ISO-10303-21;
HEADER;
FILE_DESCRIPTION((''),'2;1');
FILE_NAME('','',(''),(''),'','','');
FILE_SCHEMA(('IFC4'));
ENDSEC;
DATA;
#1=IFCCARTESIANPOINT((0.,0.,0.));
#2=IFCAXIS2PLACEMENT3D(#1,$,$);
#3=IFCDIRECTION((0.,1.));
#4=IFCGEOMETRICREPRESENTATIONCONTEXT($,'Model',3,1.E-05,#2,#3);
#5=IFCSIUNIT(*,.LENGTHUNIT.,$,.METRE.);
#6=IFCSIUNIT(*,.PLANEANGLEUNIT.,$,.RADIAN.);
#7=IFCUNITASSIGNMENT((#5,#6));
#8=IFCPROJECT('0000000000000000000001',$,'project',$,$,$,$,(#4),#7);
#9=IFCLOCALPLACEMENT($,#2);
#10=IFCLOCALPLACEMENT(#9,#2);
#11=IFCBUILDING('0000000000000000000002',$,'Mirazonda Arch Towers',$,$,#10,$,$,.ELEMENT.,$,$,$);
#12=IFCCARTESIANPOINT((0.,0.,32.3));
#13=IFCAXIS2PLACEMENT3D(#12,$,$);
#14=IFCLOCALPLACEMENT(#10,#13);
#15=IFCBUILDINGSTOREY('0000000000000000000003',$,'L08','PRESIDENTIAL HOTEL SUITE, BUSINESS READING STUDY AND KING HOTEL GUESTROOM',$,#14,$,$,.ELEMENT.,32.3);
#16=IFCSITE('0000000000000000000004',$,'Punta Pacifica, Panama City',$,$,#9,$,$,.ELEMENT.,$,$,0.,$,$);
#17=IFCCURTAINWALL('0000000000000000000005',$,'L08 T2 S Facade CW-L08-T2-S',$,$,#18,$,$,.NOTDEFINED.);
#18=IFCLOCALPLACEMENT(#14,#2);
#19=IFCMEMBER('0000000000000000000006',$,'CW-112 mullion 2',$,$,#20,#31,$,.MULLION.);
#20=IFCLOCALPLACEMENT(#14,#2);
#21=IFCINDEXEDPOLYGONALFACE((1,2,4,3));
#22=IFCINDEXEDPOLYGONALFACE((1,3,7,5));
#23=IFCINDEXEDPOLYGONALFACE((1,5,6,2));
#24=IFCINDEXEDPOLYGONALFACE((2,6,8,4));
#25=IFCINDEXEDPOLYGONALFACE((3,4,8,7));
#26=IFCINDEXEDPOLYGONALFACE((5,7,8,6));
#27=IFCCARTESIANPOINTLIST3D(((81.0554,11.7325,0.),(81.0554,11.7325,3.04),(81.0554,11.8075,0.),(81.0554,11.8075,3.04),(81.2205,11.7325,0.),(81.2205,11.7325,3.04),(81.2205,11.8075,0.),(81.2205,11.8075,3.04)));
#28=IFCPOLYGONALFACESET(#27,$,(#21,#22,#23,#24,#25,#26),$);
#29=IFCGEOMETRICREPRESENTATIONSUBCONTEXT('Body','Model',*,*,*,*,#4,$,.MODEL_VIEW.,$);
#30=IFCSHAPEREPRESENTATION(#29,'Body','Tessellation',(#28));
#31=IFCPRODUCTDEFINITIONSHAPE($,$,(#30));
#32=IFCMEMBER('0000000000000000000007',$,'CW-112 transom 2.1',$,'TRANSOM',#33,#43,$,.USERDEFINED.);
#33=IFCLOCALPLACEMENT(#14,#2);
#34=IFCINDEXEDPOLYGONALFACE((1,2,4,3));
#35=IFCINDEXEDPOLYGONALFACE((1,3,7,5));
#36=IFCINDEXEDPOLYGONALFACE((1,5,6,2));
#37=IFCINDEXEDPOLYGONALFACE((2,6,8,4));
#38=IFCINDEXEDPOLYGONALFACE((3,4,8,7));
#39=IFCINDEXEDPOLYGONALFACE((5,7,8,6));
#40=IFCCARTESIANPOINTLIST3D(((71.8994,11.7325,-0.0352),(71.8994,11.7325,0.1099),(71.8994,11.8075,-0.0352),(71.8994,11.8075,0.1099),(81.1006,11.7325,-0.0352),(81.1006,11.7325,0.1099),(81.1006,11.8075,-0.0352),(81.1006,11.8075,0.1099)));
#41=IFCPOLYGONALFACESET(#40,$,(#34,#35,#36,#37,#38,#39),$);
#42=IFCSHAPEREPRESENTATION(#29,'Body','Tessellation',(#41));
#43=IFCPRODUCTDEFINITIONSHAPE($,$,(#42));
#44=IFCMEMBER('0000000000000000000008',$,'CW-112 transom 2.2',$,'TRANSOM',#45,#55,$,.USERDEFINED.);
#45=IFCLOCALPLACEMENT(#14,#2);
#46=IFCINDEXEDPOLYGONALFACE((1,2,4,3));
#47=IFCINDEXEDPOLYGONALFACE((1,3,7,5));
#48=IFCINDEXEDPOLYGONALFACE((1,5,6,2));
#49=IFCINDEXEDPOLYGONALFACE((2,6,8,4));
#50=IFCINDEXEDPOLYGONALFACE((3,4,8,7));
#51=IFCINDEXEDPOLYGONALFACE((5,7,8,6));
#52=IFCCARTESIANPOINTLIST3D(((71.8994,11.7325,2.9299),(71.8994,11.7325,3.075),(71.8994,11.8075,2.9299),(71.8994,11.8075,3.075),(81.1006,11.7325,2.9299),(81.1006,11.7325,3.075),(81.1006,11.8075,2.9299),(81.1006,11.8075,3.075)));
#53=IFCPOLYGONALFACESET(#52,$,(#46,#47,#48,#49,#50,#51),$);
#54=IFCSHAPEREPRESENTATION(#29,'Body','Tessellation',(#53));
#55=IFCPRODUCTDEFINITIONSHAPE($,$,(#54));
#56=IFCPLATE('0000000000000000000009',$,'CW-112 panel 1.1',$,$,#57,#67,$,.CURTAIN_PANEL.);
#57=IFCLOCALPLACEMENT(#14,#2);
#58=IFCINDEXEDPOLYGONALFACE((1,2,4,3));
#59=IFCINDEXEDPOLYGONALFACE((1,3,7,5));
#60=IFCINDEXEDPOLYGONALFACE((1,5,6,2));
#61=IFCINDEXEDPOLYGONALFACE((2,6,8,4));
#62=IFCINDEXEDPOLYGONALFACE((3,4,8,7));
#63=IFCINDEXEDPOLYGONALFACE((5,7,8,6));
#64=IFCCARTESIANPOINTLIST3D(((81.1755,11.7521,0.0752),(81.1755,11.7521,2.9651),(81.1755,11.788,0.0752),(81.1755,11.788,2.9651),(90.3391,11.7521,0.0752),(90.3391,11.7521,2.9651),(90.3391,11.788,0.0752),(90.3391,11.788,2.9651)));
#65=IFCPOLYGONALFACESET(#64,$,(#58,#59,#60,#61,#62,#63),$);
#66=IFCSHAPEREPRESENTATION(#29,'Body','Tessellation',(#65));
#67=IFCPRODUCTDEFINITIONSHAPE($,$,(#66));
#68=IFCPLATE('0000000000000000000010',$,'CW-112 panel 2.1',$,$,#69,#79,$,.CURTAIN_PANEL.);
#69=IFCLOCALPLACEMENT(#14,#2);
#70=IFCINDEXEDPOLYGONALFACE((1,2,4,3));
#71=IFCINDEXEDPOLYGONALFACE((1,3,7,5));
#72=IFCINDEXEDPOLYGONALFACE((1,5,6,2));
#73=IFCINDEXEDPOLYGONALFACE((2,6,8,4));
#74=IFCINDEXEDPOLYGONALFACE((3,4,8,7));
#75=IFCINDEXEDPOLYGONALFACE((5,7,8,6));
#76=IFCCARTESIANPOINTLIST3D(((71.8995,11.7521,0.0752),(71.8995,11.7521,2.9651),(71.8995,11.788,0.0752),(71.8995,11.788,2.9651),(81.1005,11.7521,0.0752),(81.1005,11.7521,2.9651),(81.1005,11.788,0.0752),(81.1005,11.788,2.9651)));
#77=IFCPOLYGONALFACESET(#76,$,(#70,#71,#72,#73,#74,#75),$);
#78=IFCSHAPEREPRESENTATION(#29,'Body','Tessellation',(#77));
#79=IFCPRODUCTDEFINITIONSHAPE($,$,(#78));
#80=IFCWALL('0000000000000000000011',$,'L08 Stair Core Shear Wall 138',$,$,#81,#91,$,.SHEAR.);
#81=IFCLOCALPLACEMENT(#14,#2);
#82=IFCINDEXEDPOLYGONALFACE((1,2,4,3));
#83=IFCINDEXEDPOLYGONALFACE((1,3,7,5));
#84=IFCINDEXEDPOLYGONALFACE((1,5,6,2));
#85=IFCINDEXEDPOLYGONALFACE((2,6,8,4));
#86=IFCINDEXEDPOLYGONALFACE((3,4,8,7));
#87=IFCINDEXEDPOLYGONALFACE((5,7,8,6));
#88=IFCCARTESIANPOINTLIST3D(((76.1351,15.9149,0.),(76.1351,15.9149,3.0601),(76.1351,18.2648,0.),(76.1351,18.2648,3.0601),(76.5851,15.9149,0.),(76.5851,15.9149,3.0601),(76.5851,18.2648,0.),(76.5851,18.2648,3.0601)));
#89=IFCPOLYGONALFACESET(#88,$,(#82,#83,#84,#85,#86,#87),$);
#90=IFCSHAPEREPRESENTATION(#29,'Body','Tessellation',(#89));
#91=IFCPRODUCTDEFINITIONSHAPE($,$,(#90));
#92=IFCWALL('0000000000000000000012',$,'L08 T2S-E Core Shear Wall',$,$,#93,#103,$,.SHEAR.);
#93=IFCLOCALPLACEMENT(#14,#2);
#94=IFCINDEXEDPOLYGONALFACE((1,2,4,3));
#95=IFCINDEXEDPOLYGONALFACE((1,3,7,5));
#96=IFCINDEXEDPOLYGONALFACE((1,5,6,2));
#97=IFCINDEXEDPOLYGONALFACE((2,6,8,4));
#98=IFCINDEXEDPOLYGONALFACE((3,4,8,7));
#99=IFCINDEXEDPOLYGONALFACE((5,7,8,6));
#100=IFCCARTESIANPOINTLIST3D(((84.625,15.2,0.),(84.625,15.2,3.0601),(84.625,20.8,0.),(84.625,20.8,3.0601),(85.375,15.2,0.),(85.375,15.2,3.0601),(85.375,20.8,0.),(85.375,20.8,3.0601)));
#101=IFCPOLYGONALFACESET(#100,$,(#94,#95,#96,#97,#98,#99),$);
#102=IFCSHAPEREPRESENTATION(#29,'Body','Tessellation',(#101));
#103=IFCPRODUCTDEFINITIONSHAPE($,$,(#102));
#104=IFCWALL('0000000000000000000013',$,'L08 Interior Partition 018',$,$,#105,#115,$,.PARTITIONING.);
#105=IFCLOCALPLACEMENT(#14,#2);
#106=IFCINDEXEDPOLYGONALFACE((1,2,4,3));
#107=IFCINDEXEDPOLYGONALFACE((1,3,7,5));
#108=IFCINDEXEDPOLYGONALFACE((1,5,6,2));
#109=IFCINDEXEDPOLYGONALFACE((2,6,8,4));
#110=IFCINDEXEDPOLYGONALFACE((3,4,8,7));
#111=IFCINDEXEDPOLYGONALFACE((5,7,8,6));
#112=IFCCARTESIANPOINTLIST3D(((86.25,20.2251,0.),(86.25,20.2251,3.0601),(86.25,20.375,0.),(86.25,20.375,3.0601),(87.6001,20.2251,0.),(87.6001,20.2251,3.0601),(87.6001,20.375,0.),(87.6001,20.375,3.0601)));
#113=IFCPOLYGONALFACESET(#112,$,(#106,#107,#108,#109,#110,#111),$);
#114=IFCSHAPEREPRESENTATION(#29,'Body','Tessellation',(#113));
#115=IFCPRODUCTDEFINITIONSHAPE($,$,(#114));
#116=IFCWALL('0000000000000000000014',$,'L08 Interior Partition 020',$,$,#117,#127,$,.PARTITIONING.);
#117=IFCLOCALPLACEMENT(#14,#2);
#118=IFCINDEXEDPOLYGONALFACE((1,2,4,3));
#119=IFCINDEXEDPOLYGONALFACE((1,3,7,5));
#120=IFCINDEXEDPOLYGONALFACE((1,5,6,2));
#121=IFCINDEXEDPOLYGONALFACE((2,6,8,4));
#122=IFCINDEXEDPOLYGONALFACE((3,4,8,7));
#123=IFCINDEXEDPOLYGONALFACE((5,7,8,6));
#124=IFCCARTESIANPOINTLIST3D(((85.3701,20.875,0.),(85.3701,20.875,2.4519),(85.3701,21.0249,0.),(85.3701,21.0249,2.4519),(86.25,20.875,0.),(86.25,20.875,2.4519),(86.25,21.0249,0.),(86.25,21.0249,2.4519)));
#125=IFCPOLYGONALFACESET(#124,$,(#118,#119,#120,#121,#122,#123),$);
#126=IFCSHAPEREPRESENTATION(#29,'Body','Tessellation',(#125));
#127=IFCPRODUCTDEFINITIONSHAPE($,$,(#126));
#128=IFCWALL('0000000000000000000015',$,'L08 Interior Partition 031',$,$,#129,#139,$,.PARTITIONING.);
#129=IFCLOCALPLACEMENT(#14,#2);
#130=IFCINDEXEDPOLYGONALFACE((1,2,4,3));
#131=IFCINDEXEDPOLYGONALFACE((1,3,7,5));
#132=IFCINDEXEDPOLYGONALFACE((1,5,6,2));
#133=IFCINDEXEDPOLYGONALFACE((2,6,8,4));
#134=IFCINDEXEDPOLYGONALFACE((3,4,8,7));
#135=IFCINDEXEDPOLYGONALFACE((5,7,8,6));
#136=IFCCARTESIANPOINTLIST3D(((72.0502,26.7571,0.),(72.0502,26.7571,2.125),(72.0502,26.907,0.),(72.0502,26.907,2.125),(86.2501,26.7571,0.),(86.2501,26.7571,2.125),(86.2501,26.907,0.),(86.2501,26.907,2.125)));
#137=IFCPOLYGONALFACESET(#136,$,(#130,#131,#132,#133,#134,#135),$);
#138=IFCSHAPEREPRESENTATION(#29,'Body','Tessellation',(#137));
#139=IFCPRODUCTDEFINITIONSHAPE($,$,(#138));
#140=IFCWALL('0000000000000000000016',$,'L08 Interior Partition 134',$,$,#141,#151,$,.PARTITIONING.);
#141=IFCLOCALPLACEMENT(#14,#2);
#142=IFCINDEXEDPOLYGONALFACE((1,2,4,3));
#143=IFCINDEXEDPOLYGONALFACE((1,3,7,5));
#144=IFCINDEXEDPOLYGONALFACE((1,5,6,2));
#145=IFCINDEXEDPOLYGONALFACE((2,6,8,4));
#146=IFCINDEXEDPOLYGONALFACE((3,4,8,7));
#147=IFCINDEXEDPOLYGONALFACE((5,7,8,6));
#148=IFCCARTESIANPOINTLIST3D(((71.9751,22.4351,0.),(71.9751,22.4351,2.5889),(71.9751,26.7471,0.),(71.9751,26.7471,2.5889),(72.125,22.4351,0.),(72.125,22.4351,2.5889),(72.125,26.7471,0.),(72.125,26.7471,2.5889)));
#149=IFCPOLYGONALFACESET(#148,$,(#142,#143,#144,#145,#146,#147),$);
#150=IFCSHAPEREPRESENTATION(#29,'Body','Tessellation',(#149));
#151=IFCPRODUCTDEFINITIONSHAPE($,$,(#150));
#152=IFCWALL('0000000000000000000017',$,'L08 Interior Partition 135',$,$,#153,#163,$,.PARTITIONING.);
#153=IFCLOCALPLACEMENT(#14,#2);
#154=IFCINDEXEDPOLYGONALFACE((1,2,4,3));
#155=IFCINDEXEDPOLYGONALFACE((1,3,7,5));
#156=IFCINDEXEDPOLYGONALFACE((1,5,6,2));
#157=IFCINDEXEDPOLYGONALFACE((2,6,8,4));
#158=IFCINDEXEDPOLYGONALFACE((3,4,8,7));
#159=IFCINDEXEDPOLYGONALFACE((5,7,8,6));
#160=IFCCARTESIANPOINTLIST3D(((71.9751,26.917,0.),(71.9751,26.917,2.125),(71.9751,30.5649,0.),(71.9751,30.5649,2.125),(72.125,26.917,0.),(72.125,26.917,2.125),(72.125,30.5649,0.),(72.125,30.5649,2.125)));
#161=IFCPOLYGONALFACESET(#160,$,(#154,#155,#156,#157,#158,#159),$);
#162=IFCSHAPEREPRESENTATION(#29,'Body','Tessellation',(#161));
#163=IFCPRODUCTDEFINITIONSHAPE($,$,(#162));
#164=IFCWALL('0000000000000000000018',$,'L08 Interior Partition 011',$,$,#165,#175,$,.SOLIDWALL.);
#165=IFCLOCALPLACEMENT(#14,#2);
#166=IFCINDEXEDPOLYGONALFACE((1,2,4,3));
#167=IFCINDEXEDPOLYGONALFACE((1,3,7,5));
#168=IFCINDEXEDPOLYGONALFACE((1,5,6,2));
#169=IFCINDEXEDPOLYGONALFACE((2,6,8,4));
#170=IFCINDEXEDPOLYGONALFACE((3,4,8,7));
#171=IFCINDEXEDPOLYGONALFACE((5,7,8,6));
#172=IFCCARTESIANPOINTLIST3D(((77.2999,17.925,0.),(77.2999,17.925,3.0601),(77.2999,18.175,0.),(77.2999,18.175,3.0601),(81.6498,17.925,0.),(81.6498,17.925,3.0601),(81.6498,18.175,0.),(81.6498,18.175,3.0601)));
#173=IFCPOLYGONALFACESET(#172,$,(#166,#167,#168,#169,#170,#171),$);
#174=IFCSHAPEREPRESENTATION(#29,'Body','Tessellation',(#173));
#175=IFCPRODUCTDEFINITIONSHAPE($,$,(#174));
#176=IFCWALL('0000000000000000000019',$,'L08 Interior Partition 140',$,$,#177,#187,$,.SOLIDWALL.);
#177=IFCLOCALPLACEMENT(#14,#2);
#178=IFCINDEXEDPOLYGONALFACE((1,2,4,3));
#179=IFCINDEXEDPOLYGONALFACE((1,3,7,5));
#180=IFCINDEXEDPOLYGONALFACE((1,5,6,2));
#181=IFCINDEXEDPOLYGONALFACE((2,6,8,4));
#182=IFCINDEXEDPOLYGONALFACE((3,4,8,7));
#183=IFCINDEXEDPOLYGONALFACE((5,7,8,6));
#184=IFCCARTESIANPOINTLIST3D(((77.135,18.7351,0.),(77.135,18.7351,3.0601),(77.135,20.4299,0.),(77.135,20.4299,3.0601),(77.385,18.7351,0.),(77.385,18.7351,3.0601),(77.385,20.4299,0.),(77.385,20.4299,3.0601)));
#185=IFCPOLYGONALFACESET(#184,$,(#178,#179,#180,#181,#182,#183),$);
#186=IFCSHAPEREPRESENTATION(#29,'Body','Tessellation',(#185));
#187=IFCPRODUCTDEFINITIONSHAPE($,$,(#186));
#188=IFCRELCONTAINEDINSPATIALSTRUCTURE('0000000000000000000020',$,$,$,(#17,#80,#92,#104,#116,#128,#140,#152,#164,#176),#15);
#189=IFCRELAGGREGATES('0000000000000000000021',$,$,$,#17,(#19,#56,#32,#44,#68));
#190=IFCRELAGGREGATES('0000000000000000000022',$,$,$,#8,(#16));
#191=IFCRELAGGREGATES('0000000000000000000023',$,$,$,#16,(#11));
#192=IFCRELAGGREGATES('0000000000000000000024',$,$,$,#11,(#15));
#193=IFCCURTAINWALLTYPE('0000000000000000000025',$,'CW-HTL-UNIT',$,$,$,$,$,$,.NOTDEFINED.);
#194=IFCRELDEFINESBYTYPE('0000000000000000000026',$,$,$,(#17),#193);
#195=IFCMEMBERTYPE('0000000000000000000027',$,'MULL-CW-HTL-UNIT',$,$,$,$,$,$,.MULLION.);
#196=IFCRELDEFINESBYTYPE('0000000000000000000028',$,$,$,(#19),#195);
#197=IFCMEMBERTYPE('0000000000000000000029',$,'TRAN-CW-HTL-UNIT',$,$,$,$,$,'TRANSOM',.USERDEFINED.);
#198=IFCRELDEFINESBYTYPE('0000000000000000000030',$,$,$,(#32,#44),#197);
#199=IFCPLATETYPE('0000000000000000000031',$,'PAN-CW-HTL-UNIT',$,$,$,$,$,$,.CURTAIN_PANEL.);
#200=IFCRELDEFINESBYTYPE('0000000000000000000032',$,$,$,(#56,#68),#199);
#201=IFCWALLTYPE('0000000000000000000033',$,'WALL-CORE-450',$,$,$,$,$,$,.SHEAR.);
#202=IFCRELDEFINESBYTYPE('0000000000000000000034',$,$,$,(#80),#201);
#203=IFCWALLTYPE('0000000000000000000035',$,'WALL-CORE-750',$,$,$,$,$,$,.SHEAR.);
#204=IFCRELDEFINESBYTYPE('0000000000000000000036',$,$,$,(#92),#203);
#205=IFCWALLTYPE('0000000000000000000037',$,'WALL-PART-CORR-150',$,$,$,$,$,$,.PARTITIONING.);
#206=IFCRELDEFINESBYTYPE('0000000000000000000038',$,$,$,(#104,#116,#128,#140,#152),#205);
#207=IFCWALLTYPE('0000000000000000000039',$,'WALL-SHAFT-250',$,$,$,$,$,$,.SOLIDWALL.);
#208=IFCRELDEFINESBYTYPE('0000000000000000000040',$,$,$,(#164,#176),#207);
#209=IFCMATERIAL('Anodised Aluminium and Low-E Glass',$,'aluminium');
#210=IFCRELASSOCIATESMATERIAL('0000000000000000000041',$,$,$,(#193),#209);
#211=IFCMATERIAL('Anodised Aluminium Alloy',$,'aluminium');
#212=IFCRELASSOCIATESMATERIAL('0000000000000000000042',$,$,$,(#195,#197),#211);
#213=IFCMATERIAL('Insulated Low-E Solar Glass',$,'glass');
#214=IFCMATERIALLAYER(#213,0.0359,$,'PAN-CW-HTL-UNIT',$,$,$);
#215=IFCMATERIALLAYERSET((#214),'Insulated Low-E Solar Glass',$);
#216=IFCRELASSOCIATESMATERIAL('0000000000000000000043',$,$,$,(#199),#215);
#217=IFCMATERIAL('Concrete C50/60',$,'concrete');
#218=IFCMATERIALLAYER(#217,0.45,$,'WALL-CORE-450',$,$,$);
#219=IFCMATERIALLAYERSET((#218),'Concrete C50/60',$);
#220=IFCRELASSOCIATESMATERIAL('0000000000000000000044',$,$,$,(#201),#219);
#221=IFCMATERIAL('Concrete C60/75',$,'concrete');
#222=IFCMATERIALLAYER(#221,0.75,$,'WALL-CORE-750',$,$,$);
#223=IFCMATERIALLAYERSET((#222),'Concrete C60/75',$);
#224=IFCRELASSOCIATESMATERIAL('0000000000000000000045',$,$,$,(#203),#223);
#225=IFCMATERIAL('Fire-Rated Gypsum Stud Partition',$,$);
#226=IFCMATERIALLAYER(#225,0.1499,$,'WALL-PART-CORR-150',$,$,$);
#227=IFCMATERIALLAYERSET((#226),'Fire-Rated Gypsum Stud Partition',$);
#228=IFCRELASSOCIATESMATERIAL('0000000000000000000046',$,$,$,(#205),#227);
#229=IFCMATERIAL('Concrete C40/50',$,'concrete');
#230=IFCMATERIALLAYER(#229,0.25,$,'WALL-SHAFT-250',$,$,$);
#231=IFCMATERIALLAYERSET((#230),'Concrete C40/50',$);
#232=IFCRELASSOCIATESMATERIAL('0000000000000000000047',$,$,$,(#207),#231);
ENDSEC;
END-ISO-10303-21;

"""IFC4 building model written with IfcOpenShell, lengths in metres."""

from ifc_helpers import new_model, si_unit, direction, frame, frame_2d, origin, origin_2d, place, context, subcontext, project, spatial, rectangle, extrude, material, layer, layer_set, material_profile, profile_set, type_object, element, aggregate, save


model = new_model("IFC4")

# Units and contexts
model_context = context("Model", 3, precision=1e-05, world=origin(), true_north=direction((0.0, 1.0)))
body_context = subcontext(model_context, "Body", "Model", "MODEL_VIEW")
ifc_project = project(units=[si_unit("LENGTHUNIT", "METRE"), si_unit("PLANEANGLEUNIT", "RADIAN")], contexts=[model_context])

# Site, building, storey
site_placement = place(None, origin())
site = spatial("IfcSite", under=ifc_project, at=site_placement, Name="Punta Pacifica, Panama City", CompositionType="ELEMENT", RefElevation=0.0)
building_placement = place(site_placement, origin())
building = spatial("IfcBuilding", under=site, at=building_placement, Name="Mirazonda Arch Towers", CompositionType="ELEMENT")
storey_placement = place(building_placement, frame((0.0, 0.0, 32.3)))
storey = spatial("IfcBuildingStorey", under=building, at=storey_placement, Name="L08", Description="PRESIDENTIAL HOTEL SUITE, BUSINESS READING STUDY AND KING HOTEL GUESTROOM", CompositionType="ELEMENT", Elevation=32.3)

# Shared definitions
ifc_material_1 = material(Name="Concrete C60/75", Category="concrete")

# Curtain wall, members, plates
ifc_material_2 = material(Name="Anodised Aluminium and Low-E Glass", Category="aluminium")
curtain_wall_type = type_object("IfcCurtainWallType", Name="CW-HTL-UNIT", PredefinedType="NOTDEFINED", material=ifc_material_2)
curtain_wall_placement = place(storey_placement, origin())
curtain_wall = element("IfcCurtainWall", 1, at=curtain_wall_placement, inside=storey, type_object=curtain_wall_type, Name="L08 T2 S Facade CW-L08-T2-S", PredefinedType="NOTDEFINED")
ifc_material_3 = material(Name="Anodised Aluminium Alloy", Category="aluminium")
ifc_material_profile_1 = material_profile(ifc_material_3, rectangle(XDim=0.075, YDim=0.165, at=origin_2d()), Name="ALU-MULL-75x165")
ifc_profile_set_1 = profile_set([ifc_material_profile_1], Name="Anodised Aluminium Alloy")
member_type_1 = type_object("IfcMemberType", Name="MULL-CW-HTL-UNIT", PredefinedType="MULLION", material=ifc_profile_set_1)
member_1_placement = place(storey_placement, frame((81.1379, 11.77, 0.0), z_axis=(0.0, 0.0, 1.0), x_axis=(0.0, -1.0, 0.0)))
member_1 = element("IfcMember", 2, at=member_1_placement, type_object=member_type_1, Name="CW-112 mullion 2", PredefinedType="MULLION", context=body_context, shape_type="SweptSolid", body=[
    extrude(rectangle(XDim=0.075, YDim=0.165, at=origin_2d()), origin(), (0.0, 0.0, 1.0), 3.04),
])
ifc_material_profile_2 = material_profile(ifc_material_3, rectangle(XDim=0.075, YDim=0.145, at=origin_2d()), Name="ALU-TRAN-75x145")
ifc_profile_set_2 = profile_set([ifc_material_profile_2], Name="Anodised Aluminium Alloy")
member_type_2 = type_object("IfcMemberType", Name="TRAN-CW-HTL-UNIT", ElementType="TRANSOM", PredefinedType="USERDEFINED", material=ifc_profile_set_2)
member_2_placement = place(storey_placement, frame((81.1006, 11.77, 0.0374), z_axis=(-1.0, 0.0, 0.0), x_axis=(0.0, -1.0, 0.0)))
member_2 = element("IfcMember", 3, at=member_2_placement, type_object=member_type_2, Name="CW-112 transom 2.1", ObjectType="TRANSOM", PredefinedType="USERDEFINED", context=body_context, shape_type="SweptSolid", body=[
    extrude(rectangle(XDim=0.075, YDim=0.145, at=origin_2d()), origin(), (0.0, 0.0, 1.0), 9.2012),
])
member_3_placement = place(storey_placement, frame((81.1006, 11.77, 3.0024), z_axis=(-1.0, 0.0, 0.0), x_axis=(0.0, -1.0, 0.0)))
member_3 = element("IfcMember", 4, at=member_3_placement, type_object=member_type_2, Name="CW-112 transom 2.2", ObjectType="TRANSOM", PredefinedType="USERDEFINED", context=body_context, shape_type="SweptSolid", body=[
    extrude(rectangle(XDim=0.075, YDim=0.145, at=origin_2d()), origin(), (0.0, 0.0, 1.0), 9.2012),
])
ifc_material_4 = material(Name="Insulated Low-E Solar Glass", Category="glass")
ifc_layer_1 = layer(ifc_material_4, 0.0359, Name="PAN-CW-HTL-UNIT")
ifc_layer_set_1 = layer_set([ifc_layer_1], Name="Insulated Low-E Solar Glass")
plate_type = type_object("IfcPlateType", Name="PAN-CW-HTL-UNIT", PredefinedType="CURTAIN_PANEL", material=ifc_layer_set_1)
plate_1_placement = place(storey_placement, frame((85.7573, 11.77, 0.0752), z_axis=(0.0, 0.0, 1.0), x_axis=(-1.0, 0.0, 0.0)))
plate_1 = element("IfcPlate", 5, at=plate_1_placement, type_object=plate_type, Name="CW-112 panel 1.1", PredefinedType="CURTAIN_PANEL", context=body_context, shape_type="SweptSolid", body=[
    extrude(rectangle(XDim=9.1636, YDim=0.0359, at=origin_2d()), origin(), (0.0, 0.0, 1.0), 2.8899),
])
plate_2_placement = place(storey_placement, frame((76.5, 11.77, 0.0752), z_axis=(0.0, 0.0, 1.0), x_axis=(-1.0, 0.0, 0.0)))
plate_2 = element("IfcPlate", 6, at=plate_2_placement, type_object=plate_type, Name="CW-112 panel 2.1", PredefinedType="CURTAIN_PANEL", context=body_context, shape_type="SweptSolid", body=[
    extrude(rectangle(XDim=9.2009, YDim=0.0359, at=origin_2d()), origin(), (0.0, 0.0, 1.0), 2.8899),
])
aggregate(curtain_wall, [member_1, plate_1, member_2, member_3, plate_2])

# Walls
ifc_material_5 = material(Name="Concrete C50/60", Category="concrete")
ifc_layer_2 = layer(ifc_material_5, 0.45, Name="WALL-CORE-450")
ifc_layer_set_2 = layer_set([ifc_layer_2], Name="Concrete C50/60")
wall_type_1 = type_object("IfcWallType", Name="WALL-CORE-450", PredefinedType="SHEAR", material=ifc_layer_set_2)
wall_1_placement = place(storey_placement, frame((76.3601, 15.915, 0.0), z_axis=(0.0, 0.0, 1.0), x_axis=(0.0, 1.0, 0.0)))
element("IfcWall", 7, at=wall_1_placement, inside=storey, type_object=wall_type_1, Name="L08 Stair Core Shear Wall 138", PredefinedType="SHEAR", context=body_context, shape_type="SweptSolid", body=[
    extrude(rectangle(XDim=2.3499, YDim=0.45, at=frame_2d((1.1748, 0.0))), origin(), (0.0, 0.0, 1.0), 3.0601),
])
ifc_layer_3 = layer(ifc_material_1, 0.75, Name="WALL-CORE-750")
ifc_layer_set_3 = layer_set([ifc_layer_3], Name="Concrete C60/75")
wall_type_2 = type_object("IfcWallType", Name="WALL-CORE-750", PredefinedType="SHEAR", material=ifc_layer_set_3)
wall_2_placement = place(storey_placement, frame((85.0, 15.2, 0.0), z_axis=(0.0, 0.0, 1.0), x_axis=(0.0, 1.0, 0.0)))
element("IfcWall", 8, at=wall_2_placement, inside=storey, type_object=wall_type_2, Name="L08 T2S-E Core Shear Wall", PredefinedType="SHEAR", context=body_context, shape_type="SweptSolid", body=[
    extrude(rectangle(XDim=5.6001, YDim=0.75, at=frame_2d((2.8, 0.0))), origin(), (0.0, 0.0, 1.0), 3.0601),
])
ifc_material_6 = material(Name="Fire-Rated Gypsum Stud Partition")
ifc_layer_4 = layer(ifc_material_6, 0.1499, Name="WALL-PART-CORR-150")
ifc_layer_set_4 = layer_set([ifc_layer_4], Name="Fire-Rated Gypsum Stud Partition")
wall_type_3 = type_object("IfcWallType", Name="WALL-PART-CORR-150", PredefinedType="PARTITIONING", material=ifc_layer_set_4)
wall_3_placement = place(storey_placement, frame((86.25, 20.3, 0.0), z_axis=(0.0, 0.0, 1.0), x_axis=(1.0, 0.0, 0.0)))
element("IfcWall", 9, at=wall_3_placement, inside=storey, type_object=wall_type_3, Name="L08 Interior Partition 018", PredefinedType="PARTITIONING", context=body_context, shape_type="SweptSolid", body=[
    extrude(rectangle(XDim=1.3501, YDim=0.1499, at=frame_2d((0.675, 0.0))), origin(), (0.0, 0.0, 1.0), 3.0601),
])
wall_4_placement = place(storey_placement, frame((85.3701, 20.95, 0.0), z_axis=(0.0, 0.0, 1.0), x_axis=(1.0, 0.0, 0.0)))
element("IfcWall", 10, at=wall_4_placement, inside=storey, type_object=wall_type_3, Name="L08 Interior Partition 020", PredefinedType="PARTITIONING", context=body_context, shape_type="SweptSolid", body=[
    extrude(rectangle(XDim=0.8799, YDim=0.1499, at=frame_2d((0.4399, 0.0))), origin(), (0.0, 0.0, 1.0), 2.4519),
])
wall_5_placement = place(storey_placement, frame((72.05, 26.832, 0.0), z_axis=(0.0, 0.0, 1.0), x_axis=(1.0, 0.0, 0.0)))
element("IfcWall", 11, at=wall_5_placement, inside=storey, type_object=wall_type_3, Name="L08 Interior Partition 031", PredefinedType="PARTITIONING", context=body_context, shape_type="SweptSolid", body=[
    extrude(rectangle(XDim=14.2, YDim=0.1499, at=frame_2d((7.1001, 0.0))), origin(), (0.0, 0.0, 1.0), 2.125),
])
wall_6_placement = place(storey_placement, frame((72.05, 22.4351, 0.0), z_axis=(0.0, 0.0, 1.0), x_axis=(0.0, 1.0, 0.0)))
element("IfcWall", 12, at=wall_6_placement, inside=storey, type_object=wall_type_3, Name="L08 Interior Partition 134", PredefinedType="PARTITIONING", context=body_context, shape_type="SweptSolid", body=[
    extrude(rectangle(XDim=4.312, YDim=0.1499, at=frame_2d((2.156, 0.0))), origin(), (0.0, 0.0, 1.0), 2.5889),
])
wall_7_placement = place(storey_placement, frame((72.05, 26.917, 0.0), z_axis=(0.0, 0.0, 1.0), x_axis=(0.0, 1.0, 0.0)))
element("IfcWall", 13, at=wall_7_placement, inside=storey, type_object=wall_type_3, Name="L08 Interior Partition 135", PredefinedType="PARTITIONING", context=body_context, shape_type="SweptSolid", body=[
    extrude(rectangle(XDim=3.6479, YDim=0.1499, at=frame_2d((1.824, 0.0))), origin(), (0.0, 0.0, 1.0), 2.125),
])
ifc_material_7 = material(Name="Concrete C40/50", Category="concrete")
ifc_layer_5 = layer(ifc_material_7, 0.25, Name="WALL-SHAFT-250")
ifc_layer_set_5 = layer_set([ifc_layer_5], Name="Concrete C40/50")
wall_type_4 = type_object("IfcWallType", Name="WALL-SHAFT-250", PredefinedType="SOLIDWALL", material=ifc_layer_set_5)
wall_8_placement = place(storey_placement, frame((77.3, 18.05, 0.0), z_axis=(0.0, 0.0, 1.0), x_axis=(1.0, 0.0, 0.0)))
element("IfcWall", 14, at=wall_8_placement, inside=storey, type_object=wall_type_4, Name="L08 Interior Partition 011", PredefinedType="SOLIDWALL", context=body_context, shape_type="SweptSolid", body=[
    extrude(rectangle(XDim=4.3499, YDim=0.25, at=frame_2d((2.1748, 0.0))), origin(), (0.0, 0.0, 1.0), 3.0601),
])
wall_9_placement = place(storey_placement, frame((77.26, 18.7351, 0.0), z_axis=(0.0, 0.0, 1.0), x_axis=(0.0, 1.0, 0.0)))
element("IfcWall", 15, at=wall_9_placement, inside=storey, type_object=wall_type_4, Name="L08 Interior Partition 140", PredefinedType="SOLIDWALL", context=body_context, shape_type="SweptSolid", body=[
    extrude(rectangle(XDim=1.6948, YDim=0.25, at=frame_2d((0.8474, 0.0))), origin(), (0.0, 0.0, 1.0), 3.0601),
])

save(model, "model.ifc")
